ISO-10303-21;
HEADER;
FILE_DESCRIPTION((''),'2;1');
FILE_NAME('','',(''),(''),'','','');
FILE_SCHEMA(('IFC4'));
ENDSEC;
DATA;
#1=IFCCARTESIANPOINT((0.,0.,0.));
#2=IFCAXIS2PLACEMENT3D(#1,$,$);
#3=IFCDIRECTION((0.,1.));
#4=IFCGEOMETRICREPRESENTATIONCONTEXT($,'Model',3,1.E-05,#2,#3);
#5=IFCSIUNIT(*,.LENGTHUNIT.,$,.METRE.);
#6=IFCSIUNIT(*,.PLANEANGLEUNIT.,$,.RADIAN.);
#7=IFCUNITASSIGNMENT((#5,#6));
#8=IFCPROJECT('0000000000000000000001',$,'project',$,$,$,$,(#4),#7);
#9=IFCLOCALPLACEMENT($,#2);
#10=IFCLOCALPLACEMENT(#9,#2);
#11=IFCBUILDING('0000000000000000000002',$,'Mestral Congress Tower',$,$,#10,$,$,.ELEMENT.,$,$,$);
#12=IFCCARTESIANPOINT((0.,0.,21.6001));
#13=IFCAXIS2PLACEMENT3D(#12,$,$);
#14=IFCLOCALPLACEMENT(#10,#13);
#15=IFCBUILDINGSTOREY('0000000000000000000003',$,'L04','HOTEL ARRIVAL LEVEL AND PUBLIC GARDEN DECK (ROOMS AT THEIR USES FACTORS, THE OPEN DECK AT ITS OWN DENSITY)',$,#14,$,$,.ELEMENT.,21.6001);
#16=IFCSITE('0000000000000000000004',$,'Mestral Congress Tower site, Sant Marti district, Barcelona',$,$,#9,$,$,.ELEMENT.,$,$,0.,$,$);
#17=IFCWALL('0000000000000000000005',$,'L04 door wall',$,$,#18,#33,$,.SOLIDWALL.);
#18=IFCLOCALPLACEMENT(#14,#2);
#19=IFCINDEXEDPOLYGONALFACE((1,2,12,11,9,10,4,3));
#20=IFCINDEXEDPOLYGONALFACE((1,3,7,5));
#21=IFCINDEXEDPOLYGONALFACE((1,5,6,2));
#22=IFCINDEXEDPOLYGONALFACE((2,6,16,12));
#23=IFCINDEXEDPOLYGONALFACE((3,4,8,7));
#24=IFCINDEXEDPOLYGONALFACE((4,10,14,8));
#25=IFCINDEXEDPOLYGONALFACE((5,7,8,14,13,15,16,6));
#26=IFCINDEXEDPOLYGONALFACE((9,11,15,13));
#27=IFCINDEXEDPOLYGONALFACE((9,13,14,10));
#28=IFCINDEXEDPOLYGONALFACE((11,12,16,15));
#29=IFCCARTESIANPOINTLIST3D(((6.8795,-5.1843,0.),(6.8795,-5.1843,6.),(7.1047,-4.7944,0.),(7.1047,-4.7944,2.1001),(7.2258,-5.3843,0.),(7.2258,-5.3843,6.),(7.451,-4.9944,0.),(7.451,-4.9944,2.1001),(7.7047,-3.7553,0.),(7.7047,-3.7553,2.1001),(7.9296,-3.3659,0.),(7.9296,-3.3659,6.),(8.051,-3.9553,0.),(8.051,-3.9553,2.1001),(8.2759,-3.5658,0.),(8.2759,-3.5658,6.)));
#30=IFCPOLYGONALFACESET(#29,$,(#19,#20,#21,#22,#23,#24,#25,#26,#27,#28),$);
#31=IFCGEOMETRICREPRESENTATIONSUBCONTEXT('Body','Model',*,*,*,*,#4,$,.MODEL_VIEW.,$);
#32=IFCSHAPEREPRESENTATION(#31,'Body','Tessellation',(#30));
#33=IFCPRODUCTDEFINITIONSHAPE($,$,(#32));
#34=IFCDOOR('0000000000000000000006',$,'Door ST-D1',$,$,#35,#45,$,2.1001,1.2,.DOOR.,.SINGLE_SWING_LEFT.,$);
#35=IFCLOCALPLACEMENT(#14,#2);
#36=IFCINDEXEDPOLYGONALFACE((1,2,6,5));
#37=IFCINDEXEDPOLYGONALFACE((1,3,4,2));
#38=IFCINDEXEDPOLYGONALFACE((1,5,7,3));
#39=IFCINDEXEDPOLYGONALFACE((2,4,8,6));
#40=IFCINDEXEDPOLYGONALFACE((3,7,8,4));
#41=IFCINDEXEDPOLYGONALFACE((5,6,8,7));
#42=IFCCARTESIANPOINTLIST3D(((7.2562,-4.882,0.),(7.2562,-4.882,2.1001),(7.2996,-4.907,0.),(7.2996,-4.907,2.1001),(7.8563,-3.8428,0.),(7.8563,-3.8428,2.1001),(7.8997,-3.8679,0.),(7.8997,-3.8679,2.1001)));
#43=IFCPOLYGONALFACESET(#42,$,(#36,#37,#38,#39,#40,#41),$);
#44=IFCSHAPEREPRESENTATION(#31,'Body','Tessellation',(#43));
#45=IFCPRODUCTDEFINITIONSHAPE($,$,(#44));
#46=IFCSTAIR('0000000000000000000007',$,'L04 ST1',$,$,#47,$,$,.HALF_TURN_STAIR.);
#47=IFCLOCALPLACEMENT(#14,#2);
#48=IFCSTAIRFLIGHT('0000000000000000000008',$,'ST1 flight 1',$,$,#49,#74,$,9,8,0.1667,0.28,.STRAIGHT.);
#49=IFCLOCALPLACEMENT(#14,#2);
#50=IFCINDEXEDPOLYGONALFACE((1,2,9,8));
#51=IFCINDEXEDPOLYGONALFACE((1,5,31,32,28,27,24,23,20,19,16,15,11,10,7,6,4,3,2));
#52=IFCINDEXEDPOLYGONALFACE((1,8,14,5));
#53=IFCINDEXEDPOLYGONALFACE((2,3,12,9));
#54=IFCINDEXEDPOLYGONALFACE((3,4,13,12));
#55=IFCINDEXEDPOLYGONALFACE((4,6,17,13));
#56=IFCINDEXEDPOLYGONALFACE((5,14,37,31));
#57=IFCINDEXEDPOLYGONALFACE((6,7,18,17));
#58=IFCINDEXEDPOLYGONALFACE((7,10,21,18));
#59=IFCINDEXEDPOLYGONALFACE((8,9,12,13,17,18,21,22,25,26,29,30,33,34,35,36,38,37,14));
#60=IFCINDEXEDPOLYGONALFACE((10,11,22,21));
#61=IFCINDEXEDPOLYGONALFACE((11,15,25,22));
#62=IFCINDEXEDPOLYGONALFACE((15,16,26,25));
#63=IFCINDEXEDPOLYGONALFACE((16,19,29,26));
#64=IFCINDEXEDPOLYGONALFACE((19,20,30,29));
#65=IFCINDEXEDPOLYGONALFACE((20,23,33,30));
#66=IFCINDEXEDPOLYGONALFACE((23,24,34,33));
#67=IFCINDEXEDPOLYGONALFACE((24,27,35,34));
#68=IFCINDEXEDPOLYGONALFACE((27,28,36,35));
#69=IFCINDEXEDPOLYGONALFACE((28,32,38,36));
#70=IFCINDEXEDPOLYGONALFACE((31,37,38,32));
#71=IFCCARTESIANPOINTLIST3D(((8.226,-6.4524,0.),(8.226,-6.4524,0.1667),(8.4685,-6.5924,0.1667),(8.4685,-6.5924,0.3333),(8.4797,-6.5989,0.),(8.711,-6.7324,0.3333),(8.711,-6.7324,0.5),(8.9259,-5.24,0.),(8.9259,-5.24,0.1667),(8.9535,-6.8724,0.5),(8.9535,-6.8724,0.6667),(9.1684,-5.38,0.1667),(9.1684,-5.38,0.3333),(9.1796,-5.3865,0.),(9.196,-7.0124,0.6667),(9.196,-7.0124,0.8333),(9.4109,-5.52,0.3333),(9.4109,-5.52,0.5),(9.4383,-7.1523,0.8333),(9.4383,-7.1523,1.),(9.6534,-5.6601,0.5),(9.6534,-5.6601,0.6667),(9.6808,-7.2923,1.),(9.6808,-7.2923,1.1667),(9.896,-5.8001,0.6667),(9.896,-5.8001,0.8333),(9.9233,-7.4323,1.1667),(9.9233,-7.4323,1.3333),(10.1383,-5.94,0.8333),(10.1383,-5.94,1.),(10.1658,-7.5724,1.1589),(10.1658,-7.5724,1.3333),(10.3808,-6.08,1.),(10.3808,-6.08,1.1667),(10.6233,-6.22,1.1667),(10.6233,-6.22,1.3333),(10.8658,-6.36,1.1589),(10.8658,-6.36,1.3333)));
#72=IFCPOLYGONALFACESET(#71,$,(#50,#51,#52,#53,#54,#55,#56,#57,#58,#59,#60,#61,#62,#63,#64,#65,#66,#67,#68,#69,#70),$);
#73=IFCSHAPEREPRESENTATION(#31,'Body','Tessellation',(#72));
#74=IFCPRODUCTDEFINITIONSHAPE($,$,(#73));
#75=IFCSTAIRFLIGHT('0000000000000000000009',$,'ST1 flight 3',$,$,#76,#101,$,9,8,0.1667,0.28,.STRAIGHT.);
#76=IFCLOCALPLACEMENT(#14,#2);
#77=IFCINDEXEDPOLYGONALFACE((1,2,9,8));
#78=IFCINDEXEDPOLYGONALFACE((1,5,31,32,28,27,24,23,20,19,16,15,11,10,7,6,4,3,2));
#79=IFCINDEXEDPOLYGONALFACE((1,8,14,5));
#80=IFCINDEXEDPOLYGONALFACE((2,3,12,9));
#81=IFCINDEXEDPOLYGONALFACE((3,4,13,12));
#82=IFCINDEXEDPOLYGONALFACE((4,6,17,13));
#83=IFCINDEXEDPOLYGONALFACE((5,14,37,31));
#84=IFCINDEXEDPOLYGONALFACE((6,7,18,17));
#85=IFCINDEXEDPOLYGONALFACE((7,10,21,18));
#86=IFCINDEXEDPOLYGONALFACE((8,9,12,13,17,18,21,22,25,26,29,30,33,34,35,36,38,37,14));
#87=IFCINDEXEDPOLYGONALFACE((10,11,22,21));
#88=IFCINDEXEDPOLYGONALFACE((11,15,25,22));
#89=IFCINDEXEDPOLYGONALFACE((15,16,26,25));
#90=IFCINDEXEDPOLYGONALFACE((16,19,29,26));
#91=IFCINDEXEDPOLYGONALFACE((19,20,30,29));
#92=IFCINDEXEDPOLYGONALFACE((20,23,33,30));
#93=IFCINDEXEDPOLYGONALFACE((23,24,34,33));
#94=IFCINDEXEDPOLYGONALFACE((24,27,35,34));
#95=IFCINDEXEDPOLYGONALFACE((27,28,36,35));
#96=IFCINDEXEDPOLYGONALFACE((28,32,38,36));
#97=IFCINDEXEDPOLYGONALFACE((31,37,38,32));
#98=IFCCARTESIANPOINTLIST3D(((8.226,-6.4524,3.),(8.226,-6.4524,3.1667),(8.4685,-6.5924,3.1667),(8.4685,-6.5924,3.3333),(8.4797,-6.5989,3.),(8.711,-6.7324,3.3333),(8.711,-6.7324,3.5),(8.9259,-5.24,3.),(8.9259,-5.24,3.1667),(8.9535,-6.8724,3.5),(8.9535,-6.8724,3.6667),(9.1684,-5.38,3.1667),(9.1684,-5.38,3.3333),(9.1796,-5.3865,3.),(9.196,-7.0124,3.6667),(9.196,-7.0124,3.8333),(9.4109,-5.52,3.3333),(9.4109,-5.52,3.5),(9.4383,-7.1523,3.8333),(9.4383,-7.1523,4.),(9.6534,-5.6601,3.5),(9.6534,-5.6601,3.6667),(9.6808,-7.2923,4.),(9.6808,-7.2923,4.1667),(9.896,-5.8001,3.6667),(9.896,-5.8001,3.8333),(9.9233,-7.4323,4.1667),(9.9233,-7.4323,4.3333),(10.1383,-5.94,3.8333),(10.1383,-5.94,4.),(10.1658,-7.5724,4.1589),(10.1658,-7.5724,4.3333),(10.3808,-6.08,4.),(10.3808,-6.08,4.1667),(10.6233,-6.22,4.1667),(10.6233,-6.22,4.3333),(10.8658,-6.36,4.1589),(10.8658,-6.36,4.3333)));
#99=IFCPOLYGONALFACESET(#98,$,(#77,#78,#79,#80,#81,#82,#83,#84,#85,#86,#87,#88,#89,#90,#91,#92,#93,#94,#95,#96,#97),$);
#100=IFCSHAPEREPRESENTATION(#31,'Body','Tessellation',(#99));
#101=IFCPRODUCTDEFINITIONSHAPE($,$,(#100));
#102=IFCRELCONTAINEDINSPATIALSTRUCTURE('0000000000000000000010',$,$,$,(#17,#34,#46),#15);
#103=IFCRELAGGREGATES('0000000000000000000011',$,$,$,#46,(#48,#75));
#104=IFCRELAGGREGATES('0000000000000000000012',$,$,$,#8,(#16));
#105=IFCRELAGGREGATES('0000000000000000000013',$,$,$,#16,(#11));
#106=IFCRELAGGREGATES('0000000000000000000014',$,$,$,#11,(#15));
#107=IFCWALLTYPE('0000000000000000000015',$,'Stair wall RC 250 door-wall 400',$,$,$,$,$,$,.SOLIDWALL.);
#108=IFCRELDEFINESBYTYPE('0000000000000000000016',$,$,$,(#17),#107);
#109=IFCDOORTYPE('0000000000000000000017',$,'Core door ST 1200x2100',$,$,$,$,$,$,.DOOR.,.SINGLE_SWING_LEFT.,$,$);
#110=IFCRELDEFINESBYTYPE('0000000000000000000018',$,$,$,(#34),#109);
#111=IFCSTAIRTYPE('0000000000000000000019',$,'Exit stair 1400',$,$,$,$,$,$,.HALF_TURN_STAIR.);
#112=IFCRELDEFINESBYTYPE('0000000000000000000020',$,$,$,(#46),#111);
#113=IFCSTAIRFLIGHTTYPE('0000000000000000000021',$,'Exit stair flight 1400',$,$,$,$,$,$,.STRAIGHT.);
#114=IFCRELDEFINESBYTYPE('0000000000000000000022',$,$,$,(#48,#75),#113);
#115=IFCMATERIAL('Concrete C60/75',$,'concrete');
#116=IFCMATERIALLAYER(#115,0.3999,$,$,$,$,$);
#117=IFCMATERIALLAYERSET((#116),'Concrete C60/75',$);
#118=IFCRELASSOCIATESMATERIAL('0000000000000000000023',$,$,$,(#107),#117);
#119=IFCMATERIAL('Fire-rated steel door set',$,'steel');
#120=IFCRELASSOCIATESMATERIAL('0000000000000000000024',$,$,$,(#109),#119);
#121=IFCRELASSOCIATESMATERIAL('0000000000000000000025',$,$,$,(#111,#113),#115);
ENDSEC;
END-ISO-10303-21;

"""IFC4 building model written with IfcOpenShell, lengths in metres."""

from ifc_helpers import new_model, si_unit, direction, frame, frame_2d, origin, place, context, subcontext, project, spatial, polyline, rectangle, outline, extrude, material, layer, layer_set, type_object, element, fill, aggregate, save


model = new_model("IFC4")

# Units and contexts
model_context = context("Model", 3, precision=1e-05, world=origin(), true_north=direction((0.0, 1.0)))
body_context = subcontext(model_context, "Body", "Model", "MODEL_VIEW")
ifc_project = project(units=[si_unit("LENGTHUNIT", "METRE"), si_unit("PLANEANGLEUNIT", "RADIAN")], contexts=[model_context])

# Site, building, storey
site_placement = place(None, origin())
site = spatial("IfcSite", under=ifc_project, at=site_placement, Name="Mestral Congress Tower site, Sant Marti district, Barcelona", CompositionType="ELEMENT", RefElevation=0.0)
building_placement = place(site_placement, origin())
building = spatial("IfcBuilding", under=site, at=building_placement, Name="Mestral Congress Tower", CompositionType="ELEMENT")
storey_placement = place(building_placement, frame((0.0, 0.0, 21.6001)))
storey = spatial("IfcBuildingStorey", under=building, at=storey_placement, Name="L04", Description="HOTEL ARRIVAL LEVEL AND PUBLIC GARDEN DECK (ROOMS AT THEIR USES FACTORS, THE OPEN DECK AT ITS OWN DENSITY)", CompositionType="ELEMENT", Elevation=21.6001)

# Shared definitions
placement = place(storey_placement, origin())

# Shared definitions
ifc_material_1 = material(Name="Fire-rated steel door set", Category="steel")

# Shared definitions
ifc_material_2 = material(Name="Concrete C60/75", Category="concrete")

# Wall, opening, door
ifc_layer_1 = layer(ifc_material_2, 0.3999)
ifc_layer_set_1 = layer_set([ifc_layer_1], Name="Concrete C60/75")
wall_type_1 = type_object("IfcWallType", Name="Stair wall RC 250 door-wall 400", PredefinedType="SOLIDWALL", material=ifc_layer_set_1)
wall_1_placement = place(storey_placement, frame((7.0527, -5.2842, 0.0), z_axis=(0.0, 0.0, 1.0), x_axis=(0.500078, 0.86598, 0.0)))
wall_1 = element("IfcWall", 1, at=wall_1_placement, inside=storey, type_object=wall_type_1, Name="L04 door wall", PredefinedType="SOLIDWALL", context=body_context, shape_type="SweptSolid", body=[
    extrude(rectangle(XDim=2.0999, YDim=0.3999, at=frame_2d((1.0498, 0.0))), origin(), (0.0, 0.0, 1.0), 6.0),
])
opening_1_placement = place(wall_1_placement, frame((0.45, 0.0, 0.0)))
opening_1 = element("IfcOpeningElement", 2, at=opening_1_placement, cuts=wall_1, PredefinedType="OPENING", context=body_context, shape_type="SweptSolid", body=[
    extrude(rectangle(XDim=1.2, YDim=2.1001, at=frame_2d((0.6001, 1.05))), frame((0.0, 0.21, 0.0), z_axis=(0.0, -1.0, 0.0), x_axis=(1.0, 0.0, 0.0)), (0.0, 0.0, 1.0), 0.4199),
])
door_type_1 = type_object("IfcDoorType", Name="Core door ST 1200x2100", OperationType="SINGLE_SWING_LEFT", PredefinedType="DOOR", material=ifc_material_1)
door_1_placement = place(opening_1_placement, origin())
door_1 = element("IfcDoor", 3, at=door_1_placement, inside=storey, type_object=door_type_1, Name="Door ST-D1", OperationType="SINGLE_SWING_LEFT", OverallHeight=2.1001, OverallWidth=1.2, PredefinedType="DOOR", context=body_context, shape_type="SweptSolid", body=[
    extrude(rectangle(XDim=1.2, YDim=2.1001, at=frame_2d((0.6001, 1.05))), frame((0.0, 0.0249, 0.0), z_axis=(0.0, -1.0, 0.0), x_axis=(1.0, 0.0, 0.0)), (0.0, 0.0, 1.0), 0.05),
])
fill(opening_1, door_1)

# Stair, stair flights
stair_type = type_object("IfcStairType", Name="Exit stair 1400", PredefinedType="HALF_TURN_STAIR", material=ifc_material_2)
stair = element("IfcStair", 4, at=placement, inside=storey, type_object=stair_type, Name="L04 ST1", PredefinedType="HALF_TURN_STAIR")
stair_flight_type = type_object("IfcStairFlightType", Name="Exit stair flight 1400", PredefinedType="STRAIGHT", material=ifc_material_2)
stair_flight_1_placement = place(storey_placement, frame((8.5759, -5.8462, 0.0), z_axis=(0.0, 0.0, 1.0), x_axis=(0.866025, -0.5, 0.0)))
stair_flight_1 = element("IfcStairFlight", 5, at=stair_flight_1_placement, type_object=stair_flight_type, Name="ST1 flight 1", NumberOfRisers=9, NumberOfTreads=8, PredefinedType="STRAIGHT", RiserHeight=0.1667, TreadLength=0.28, context=body_context, shape_type="SweptSolid", body=[
    extrude(outline(polyline([(0.0, 0.0), (0.0, 0.1667), (0.28, 0.1667), (0.28, 0.3333), (0.5601, 0.3333), (0.5601, 0.5), (0.8401, 0.5), (0.8401, 0.6667), (1.1201, 0.6667), (1.1201, 0.8333), (1.3999, 0.8333), (1.3999, 1.0), (1.6799, 1.0), (1.6799, 1.1667), (1.96, 1.1667), (1.96, 1.3333), (2.24, 1.3333), (2.24, 1.5), (2.24, 1.1589), (0.293, 0.0), (0.0, 0.0)])), frame((0.0, 0.7, 0.0), z_axis=(0.0, -1.0, 0.0), x_axis=(1.0, 0.0, 0.0)), (0.0, 0.0, 1.0), 1.3999),
])
stair_flight_2_placement = place(storey_placement, frame((8.5759, -5.8462, 3.0), z_axis=(0.0, 0.0, 1.0), x_axis=(0.866025, -0.5, 0.0)))
stair_flight_2 = element("IfcStairFlight", 6, at=stair_flight_2_placement, type_object=stair_flight_type, Name="ST1 flight 3", NumberOfRisers=9, NumberOfTreads=8, PredefinedType="STRAIGHT", RiserHeight=0.1667, TreadLength=0.28, context=body_context, shape_type="SweptSolid", body=[
    extrude(outline(polyline([(0.0, 0.0), (0.0, 0.1667), (0.28, 0.1667), (0.28, 0.3333), (0.5601, 0.3333), (0.5601, 0.5), (0.8401, 0.5), (0.8401, 0.6667), (1.1201, 0.6667), (1.1201, 0.8333), (1.3999, 0.8333), (1.3999, 1.0), (1.6799, 1.0), (1.6799, 1.1667), (1.96, 1.1667), (1.96, 1.3333), (2.24, 1.3333), (2.24, 1.5), (2.24, 1.1589), (0.293, 0.0), (0.0, 0.0)])), frame((0.0, 0.7, 0.0), z_axis=(0.0, -1.0, 0.0), x_axis=(1.0, 0.0, 0.0)), (0.0, 0.0, 1.0), 1.3999),
])
aggregate(stair, [stair_flight_1, stair_flight_2])

save(model, "model.ifc")
